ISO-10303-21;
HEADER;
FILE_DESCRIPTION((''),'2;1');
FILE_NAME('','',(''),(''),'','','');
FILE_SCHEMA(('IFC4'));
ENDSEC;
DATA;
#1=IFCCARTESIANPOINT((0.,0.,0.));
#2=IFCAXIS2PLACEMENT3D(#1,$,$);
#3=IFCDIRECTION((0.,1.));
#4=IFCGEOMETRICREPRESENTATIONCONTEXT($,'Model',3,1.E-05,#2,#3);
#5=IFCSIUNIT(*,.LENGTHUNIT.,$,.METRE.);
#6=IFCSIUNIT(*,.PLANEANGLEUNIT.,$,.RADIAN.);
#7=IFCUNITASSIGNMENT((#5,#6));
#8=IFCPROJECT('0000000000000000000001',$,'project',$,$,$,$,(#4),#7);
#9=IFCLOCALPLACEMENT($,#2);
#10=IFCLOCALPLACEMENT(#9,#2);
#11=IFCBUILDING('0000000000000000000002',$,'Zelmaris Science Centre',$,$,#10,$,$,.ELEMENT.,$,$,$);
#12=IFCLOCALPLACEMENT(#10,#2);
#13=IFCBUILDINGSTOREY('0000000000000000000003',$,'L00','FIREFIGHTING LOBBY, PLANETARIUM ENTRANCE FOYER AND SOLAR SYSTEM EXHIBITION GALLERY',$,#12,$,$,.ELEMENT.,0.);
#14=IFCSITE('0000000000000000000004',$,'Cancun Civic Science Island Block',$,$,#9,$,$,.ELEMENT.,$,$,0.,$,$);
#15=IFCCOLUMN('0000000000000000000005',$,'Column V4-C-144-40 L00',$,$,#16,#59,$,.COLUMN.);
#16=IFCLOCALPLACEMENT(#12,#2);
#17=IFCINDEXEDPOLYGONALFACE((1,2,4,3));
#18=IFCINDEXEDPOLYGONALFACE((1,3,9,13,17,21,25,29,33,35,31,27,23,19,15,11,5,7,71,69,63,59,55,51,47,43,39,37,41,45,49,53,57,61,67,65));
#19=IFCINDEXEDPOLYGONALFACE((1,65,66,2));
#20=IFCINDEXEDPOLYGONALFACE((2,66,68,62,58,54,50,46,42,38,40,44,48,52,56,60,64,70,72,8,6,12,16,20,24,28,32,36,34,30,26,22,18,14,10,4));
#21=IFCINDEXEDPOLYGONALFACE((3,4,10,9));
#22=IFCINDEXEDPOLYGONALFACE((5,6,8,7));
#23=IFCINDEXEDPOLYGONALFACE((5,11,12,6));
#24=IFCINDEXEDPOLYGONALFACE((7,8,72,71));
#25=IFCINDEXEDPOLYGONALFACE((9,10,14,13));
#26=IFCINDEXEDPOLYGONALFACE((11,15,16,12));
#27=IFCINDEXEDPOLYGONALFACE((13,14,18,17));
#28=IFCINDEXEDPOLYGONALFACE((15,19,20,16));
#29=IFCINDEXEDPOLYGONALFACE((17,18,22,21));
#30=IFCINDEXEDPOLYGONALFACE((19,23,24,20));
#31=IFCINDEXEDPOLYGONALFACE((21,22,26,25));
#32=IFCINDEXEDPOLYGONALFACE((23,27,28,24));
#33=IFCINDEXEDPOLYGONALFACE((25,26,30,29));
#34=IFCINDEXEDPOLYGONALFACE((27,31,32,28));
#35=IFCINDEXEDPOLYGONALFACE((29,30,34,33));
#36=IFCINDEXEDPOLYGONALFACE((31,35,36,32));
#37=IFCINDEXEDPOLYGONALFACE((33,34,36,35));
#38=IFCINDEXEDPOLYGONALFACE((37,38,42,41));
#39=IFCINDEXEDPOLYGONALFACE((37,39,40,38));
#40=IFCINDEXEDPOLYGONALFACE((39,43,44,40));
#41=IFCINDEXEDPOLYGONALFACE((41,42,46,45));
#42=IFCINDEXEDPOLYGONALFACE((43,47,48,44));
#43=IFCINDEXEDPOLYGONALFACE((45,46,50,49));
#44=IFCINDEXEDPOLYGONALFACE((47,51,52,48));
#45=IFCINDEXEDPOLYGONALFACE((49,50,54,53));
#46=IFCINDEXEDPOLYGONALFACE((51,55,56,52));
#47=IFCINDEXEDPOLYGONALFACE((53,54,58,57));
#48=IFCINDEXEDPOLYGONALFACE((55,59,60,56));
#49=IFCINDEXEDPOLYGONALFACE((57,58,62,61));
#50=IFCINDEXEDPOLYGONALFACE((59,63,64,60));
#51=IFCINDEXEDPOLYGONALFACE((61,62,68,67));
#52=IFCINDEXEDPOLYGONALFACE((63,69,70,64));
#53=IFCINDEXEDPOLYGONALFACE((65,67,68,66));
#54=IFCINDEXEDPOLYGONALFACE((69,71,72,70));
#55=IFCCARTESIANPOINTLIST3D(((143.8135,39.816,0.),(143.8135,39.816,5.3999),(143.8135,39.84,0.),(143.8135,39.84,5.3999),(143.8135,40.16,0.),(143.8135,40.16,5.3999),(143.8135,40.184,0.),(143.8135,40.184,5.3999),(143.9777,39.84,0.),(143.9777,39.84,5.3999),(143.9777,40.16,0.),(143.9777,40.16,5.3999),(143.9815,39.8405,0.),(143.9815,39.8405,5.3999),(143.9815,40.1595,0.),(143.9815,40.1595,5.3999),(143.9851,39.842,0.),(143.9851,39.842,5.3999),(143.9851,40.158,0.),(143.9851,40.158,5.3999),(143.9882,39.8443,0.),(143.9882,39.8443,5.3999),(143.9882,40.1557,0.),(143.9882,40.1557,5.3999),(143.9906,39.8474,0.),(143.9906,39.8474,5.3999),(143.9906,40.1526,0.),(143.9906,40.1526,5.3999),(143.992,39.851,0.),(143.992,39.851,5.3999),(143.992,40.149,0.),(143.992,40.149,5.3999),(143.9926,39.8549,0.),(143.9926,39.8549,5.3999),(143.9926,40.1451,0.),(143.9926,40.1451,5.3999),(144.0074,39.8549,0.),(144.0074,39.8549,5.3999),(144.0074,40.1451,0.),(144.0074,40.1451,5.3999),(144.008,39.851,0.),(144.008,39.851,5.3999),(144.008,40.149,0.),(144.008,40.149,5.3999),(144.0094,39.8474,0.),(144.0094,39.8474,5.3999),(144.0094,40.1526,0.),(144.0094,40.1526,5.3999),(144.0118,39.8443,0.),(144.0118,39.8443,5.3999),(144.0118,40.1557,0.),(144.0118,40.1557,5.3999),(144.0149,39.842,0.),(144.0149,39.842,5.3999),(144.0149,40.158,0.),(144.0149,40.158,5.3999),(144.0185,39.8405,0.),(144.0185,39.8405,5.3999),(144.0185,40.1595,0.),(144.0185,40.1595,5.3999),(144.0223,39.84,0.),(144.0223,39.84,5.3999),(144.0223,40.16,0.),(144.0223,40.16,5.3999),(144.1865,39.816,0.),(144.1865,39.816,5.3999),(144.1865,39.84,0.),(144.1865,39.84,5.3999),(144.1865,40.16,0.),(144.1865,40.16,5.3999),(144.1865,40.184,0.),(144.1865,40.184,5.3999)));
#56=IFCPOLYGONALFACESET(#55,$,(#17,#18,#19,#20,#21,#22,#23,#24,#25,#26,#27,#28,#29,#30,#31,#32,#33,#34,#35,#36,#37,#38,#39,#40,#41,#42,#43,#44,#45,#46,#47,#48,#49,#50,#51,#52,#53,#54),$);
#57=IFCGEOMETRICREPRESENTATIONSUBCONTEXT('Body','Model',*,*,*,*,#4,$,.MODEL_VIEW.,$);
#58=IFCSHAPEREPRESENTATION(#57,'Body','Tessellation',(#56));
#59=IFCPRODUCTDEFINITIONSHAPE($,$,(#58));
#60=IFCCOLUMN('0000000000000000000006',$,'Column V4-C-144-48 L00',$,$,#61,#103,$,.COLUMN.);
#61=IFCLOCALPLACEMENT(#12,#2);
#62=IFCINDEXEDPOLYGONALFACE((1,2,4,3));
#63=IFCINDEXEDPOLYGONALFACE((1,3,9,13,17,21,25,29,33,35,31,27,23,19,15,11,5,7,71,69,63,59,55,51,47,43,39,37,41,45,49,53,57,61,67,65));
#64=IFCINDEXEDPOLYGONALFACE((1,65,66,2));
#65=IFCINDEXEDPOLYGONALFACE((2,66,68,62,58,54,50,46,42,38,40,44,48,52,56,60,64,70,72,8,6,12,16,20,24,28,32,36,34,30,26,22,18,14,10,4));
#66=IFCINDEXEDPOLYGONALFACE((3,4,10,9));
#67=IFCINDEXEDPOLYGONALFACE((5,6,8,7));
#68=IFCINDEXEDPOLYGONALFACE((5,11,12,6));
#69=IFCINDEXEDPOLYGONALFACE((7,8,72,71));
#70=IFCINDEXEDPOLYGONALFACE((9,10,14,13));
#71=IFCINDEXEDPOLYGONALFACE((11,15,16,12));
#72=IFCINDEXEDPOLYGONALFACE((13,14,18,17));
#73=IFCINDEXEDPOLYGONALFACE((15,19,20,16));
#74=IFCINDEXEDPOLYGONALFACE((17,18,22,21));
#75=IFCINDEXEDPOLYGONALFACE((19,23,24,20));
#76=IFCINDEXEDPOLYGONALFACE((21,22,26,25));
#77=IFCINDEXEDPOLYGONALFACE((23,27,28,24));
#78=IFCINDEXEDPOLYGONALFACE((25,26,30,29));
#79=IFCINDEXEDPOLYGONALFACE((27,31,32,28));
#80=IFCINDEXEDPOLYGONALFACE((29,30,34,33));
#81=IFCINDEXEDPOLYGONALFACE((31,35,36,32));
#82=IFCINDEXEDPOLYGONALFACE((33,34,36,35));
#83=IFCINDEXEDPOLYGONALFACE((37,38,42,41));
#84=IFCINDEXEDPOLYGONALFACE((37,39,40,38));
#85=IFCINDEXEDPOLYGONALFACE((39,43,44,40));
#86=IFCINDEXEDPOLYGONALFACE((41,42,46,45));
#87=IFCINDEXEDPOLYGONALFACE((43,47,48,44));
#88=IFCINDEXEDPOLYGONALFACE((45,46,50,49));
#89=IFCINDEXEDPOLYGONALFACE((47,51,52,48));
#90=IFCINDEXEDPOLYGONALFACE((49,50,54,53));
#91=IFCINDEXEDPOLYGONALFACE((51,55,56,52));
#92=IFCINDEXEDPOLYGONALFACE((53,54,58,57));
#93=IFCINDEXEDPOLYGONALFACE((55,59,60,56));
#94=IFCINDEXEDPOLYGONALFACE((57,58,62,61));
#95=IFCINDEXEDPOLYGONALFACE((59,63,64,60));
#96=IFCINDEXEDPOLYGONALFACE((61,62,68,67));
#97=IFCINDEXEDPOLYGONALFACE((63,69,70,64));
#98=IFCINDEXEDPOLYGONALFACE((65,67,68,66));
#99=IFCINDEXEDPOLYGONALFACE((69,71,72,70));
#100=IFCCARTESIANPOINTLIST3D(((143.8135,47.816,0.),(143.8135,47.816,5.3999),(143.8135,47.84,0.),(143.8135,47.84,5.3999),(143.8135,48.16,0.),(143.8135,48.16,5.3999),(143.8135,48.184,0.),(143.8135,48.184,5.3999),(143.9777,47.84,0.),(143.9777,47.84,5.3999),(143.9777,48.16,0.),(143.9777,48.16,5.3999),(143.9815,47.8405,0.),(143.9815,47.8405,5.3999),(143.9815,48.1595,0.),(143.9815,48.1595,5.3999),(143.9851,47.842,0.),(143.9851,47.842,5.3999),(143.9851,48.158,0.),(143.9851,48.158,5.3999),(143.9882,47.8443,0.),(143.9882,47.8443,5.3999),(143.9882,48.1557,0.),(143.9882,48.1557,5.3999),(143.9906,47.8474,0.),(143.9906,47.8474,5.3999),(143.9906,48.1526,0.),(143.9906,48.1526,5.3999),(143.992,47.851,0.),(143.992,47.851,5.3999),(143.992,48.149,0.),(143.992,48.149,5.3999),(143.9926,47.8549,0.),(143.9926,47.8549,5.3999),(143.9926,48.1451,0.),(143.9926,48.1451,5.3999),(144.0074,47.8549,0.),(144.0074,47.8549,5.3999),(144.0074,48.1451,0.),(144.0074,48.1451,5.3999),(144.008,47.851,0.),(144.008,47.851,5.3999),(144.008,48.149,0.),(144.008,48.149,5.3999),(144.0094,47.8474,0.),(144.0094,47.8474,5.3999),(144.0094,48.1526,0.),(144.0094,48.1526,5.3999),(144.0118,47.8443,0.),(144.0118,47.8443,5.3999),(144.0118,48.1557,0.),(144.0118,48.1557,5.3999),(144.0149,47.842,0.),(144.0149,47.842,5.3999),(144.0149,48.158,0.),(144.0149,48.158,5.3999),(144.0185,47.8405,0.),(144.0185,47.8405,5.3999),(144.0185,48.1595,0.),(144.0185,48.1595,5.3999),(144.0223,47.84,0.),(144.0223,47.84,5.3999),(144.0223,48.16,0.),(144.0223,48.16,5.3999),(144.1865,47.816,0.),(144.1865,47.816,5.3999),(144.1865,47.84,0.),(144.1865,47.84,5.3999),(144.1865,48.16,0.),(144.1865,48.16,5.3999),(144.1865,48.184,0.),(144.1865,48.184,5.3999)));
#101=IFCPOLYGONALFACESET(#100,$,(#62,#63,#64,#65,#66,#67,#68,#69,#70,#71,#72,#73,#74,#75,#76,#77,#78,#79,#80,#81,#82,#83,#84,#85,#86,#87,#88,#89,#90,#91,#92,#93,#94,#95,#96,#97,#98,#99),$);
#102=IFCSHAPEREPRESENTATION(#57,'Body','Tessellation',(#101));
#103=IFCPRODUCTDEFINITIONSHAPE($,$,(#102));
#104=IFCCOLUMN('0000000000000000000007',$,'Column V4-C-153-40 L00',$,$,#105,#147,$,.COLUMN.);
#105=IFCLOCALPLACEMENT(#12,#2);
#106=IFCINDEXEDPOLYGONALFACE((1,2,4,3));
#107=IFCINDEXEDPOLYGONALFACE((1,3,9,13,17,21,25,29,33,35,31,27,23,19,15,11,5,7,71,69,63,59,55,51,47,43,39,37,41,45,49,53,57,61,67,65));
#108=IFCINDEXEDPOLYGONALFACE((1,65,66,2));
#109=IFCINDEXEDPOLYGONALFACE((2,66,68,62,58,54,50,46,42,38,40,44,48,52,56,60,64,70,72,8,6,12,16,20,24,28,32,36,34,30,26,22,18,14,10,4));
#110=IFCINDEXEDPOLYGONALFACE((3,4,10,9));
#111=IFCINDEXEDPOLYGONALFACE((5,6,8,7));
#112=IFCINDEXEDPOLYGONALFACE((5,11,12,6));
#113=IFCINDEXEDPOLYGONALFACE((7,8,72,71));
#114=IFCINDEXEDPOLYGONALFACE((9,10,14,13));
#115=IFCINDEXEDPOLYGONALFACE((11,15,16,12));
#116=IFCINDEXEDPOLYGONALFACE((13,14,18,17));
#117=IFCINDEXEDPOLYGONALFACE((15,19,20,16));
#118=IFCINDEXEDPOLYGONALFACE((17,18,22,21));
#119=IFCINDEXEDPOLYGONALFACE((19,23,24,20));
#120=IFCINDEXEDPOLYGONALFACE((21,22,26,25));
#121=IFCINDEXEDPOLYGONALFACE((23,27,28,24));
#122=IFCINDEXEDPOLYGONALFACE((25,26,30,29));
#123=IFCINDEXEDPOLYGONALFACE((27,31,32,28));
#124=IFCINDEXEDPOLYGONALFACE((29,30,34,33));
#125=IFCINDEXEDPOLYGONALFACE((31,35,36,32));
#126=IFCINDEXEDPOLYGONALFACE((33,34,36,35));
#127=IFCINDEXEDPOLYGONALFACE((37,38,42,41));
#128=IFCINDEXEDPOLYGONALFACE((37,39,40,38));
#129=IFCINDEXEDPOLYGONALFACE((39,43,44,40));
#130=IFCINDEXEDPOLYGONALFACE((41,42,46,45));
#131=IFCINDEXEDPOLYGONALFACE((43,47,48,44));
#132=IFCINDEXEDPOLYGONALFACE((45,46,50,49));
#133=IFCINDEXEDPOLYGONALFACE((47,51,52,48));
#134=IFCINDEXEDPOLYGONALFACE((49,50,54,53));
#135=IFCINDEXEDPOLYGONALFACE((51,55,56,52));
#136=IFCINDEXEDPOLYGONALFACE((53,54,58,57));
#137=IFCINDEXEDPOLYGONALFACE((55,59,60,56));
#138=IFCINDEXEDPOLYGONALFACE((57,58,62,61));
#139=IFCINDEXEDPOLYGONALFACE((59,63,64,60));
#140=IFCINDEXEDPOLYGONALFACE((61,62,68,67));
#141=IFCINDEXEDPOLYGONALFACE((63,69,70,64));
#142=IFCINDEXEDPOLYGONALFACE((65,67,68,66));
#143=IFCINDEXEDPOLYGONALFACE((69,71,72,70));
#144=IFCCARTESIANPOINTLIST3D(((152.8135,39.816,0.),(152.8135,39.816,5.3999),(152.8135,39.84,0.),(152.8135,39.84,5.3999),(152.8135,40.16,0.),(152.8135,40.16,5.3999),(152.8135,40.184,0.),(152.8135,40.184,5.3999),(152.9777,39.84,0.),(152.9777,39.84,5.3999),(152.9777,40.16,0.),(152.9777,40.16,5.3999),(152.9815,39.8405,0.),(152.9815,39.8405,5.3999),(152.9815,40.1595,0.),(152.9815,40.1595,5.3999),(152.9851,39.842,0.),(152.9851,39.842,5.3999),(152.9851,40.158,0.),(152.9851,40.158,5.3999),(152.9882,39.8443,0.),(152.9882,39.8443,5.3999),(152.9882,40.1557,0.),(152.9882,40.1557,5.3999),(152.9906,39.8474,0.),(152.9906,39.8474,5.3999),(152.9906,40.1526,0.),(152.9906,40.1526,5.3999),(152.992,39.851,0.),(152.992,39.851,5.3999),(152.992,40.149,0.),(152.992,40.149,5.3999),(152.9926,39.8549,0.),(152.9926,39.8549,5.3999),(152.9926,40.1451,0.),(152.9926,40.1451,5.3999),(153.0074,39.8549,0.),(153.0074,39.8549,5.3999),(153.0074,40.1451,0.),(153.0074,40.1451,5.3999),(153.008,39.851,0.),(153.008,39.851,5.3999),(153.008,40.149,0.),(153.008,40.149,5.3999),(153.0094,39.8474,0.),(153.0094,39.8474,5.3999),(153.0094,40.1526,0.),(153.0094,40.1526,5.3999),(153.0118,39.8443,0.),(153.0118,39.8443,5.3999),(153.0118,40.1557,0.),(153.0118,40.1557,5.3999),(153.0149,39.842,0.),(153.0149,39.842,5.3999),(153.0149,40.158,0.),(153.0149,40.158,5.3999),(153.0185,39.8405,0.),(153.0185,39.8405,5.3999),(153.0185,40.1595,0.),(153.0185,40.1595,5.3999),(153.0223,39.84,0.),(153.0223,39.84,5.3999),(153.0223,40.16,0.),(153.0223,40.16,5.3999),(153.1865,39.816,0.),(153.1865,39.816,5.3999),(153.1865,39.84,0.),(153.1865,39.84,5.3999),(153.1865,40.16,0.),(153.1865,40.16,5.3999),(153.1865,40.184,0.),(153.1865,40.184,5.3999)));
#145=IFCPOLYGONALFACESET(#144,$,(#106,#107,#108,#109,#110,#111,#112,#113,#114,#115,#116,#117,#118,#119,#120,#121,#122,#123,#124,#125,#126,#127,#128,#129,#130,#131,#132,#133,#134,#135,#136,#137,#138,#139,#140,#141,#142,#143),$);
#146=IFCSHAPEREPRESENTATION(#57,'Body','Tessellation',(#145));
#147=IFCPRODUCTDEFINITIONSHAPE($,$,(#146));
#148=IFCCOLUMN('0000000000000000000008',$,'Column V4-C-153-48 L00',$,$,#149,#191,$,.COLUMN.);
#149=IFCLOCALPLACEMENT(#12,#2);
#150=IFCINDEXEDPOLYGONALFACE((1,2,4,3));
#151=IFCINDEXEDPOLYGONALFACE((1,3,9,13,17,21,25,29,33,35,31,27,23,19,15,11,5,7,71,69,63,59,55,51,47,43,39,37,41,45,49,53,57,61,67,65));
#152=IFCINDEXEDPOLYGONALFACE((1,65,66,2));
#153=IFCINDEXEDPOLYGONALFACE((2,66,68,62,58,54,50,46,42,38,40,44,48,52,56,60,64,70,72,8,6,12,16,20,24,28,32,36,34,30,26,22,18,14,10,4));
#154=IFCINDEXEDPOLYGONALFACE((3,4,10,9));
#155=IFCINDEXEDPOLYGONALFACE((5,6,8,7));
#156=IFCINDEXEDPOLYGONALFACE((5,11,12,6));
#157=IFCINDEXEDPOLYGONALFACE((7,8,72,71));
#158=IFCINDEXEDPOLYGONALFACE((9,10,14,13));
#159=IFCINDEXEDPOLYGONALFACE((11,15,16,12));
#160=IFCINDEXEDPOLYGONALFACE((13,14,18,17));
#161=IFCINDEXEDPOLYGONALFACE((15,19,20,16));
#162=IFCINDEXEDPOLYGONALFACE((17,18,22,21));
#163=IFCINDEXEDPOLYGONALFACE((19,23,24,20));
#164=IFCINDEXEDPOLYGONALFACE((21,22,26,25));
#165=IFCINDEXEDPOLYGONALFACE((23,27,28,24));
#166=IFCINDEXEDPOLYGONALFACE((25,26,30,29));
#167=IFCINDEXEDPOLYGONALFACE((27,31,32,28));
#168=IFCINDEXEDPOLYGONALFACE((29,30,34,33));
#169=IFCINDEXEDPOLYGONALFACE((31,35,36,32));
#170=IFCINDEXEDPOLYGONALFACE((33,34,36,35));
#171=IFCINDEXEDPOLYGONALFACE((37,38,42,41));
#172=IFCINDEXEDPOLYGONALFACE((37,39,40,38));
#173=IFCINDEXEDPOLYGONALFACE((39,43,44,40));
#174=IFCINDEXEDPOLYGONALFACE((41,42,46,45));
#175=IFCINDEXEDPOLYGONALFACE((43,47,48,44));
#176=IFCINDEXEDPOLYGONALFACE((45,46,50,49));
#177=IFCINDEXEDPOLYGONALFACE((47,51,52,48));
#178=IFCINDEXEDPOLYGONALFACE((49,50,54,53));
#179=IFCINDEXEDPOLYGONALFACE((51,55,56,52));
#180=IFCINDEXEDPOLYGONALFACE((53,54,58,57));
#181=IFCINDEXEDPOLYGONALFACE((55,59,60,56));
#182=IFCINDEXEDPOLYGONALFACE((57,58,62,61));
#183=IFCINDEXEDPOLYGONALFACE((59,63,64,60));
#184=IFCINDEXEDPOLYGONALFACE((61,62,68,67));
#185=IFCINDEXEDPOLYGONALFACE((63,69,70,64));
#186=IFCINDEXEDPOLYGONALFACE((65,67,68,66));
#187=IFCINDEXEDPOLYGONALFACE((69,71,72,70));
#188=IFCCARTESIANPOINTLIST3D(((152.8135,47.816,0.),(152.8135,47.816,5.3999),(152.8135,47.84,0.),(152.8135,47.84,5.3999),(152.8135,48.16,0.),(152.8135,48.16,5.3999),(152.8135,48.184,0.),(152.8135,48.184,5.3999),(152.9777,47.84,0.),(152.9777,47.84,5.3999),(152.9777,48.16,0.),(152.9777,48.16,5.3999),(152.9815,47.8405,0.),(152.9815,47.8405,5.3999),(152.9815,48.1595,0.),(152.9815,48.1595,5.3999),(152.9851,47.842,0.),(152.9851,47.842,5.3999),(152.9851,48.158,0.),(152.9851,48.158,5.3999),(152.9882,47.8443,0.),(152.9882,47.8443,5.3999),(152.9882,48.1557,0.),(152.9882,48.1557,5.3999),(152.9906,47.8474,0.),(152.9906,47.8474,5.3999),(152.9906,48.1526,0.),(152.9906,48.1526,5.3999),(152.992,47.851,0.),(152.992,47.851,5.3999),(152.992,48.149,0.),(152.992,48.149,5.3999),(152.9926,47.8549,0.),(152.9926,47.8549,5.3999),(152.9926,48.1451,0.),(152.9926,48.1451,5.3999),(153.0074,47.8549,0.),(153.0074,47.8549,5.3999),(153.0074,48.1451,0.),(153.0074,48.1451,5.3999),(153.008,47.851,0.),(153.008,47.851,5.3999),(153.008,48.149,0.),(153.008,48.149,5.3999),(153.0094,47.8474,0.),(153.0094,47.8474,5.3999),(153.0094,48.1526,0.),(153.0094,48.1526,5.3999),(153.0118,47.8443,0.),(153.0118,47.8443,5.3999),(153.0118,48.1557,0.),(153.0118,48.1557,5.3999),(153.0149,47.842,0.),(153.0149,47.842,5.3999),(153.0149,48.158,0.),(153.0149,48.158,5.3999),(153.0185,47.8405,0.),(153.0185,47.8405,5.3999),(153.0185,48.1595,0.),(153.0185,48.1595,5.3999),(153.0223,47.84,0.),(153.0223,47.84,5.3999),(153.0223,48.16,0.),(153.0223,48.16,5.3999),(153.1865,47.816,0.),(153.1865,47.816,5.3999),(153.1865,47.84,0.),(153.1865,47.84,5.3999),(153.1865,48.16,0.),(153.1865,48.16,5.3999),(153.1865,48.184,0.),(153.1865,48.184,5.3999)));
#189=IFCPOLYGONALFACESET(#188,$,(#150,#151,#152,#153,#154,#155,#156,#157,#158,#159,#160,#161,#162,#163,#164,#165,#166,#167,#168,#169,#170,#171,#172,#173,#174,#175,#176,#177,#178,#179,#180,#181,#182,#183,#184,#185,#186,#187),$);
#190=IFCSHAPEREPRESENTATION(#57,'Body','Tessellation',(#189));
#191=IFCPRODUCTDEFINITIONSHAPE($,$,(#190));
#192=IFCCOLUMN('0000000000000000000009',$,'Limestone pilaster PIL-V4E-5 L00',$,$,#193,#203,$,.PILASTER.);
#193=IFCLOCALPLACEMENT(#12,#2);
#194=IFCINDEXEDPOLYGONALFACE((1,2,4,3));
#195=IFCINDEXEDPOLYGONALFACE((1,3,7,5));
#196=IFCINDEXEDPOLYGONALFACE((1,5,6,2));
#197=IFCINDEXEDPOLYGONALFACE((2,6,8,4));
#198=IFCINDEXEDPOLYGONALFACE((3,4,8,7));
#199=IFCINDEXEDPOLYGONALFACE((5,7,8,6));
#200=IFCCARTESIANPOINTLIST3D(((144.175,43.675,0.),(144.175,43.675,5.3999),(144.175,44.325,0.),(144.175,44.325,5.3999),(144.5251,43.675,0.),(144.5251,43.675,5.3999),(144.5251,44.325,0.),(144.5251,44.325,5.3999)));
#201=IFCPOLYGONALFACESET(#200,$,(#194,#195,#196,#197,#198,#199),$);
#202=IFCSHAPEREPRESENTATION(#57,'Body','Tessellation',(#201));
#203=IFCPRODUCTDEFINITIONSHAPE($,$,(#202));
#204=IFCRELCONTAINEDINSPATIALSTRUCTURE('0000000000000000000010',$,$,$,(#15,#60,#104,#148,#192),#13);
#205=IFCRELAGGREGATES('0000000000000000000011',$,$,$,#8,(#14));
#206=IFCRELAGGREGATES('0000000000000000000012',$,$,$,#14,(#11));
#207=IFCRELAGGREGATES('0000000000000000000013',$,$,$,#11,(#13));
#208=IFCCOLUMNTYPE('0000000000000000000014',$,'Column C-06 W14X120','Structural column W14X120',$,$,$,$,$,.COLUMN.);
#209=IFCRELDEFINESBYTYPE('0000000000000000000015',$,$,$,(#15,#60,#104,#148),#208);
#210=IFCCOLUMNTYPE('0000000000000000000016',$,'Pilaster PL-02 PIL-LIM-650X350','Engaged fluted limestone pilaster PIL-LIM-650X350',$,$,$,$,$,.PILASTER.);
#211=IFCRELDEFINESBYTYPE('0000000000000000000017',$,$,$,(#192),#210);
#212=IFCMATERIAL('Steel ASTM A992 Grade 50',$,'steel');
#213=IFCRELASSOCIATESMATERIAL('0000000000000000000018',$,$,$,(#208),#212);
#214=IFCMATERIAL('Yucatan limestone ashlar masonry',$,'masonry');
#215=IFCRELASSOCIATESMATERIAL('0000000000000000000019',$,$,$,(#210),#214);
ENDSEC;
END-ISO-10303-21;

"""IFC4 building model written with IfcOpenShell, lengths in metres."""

from ifc_helpers import new_model, si_unit, direction, frame, origin, origin_2d, place, context, subcontext, project, spatial, rectangle, i_section, extrude, material, material_profile, profile_set, type_object, element, save


model = new_model("IFC4")

# Units and contexts
model_context = context("Model", 3, precision=1e-05, world=origin(), true_north=direction((0.0, 1.0)))
body_context = subcontext(model_context, "Body", "Model", "MODEL_VIEW")
ifc_project = project(units=[si_unit("LENGTHUNIT", "METRE"), si_unit("PLANEANGLEUNIT", "RADIAN")], contexts=[model_context])

# Site, building, storey
site_placement = place(None, origin())
site = spatial("IfcSite", under=ifc_project, at=site_placement, Name="Cancun Civic Science Island Block", CompositionType="ELEMENT", RefElevation=0.0)
building_placement = place(site_placement, origin())
building = spatial("IfcBuilding", under=site, at=building_placement, Name="Zelmaris Science Centre", CompositionType="ELEMENT")
storey_placement = place(building_placement, origin())
storey = spatial("IfcBuildingStorey", under=building, at=storey_placement, Name="L00", Description="FIREFIGHTING LOBBY, PLANETARIUM ENTRANCE FOYER AND SOLAR SYSTEM EXHIBITION GALLERY", CompositionType="ELEMENT", Elevation=0.0)

# Columns
ifc_material_1 = material(Name="Steel ASTM A992 Grade 50", Category="steel")
ifc_material_profile_1 = material_profile(ifc_material_1, i_section(OverallWidth=0.373, OverallDepth=0.3679, WebThickness=0.0149, FlangeThickness=0.0239, FilletRadius=0.0149, at=origin_2d()), Name="W14X120")
ifc_profile_set_1 = profile_set([ifc_material_profile_1], Name="Steel ASTM A992 Grade 50")
column_type_1 = type_object("IfcColumnType", Name="Column C-06 W14X120", Description="Structural column W14X120", PredefinedType="COLUMN", material=ifc_profile_set_1)
for number, where, z_axis, x_axis, name in (
    (1, (144.0, 40.0, 0.0), (0.0, 0.0, 1.0), (1.0, 0.0, 0.0), "Column V4-C-144-40 L00"),
    (2, (144.0, 48.0, 0.0), (0.0, 0.0, 1.0), (1.0, 0.0, 0.0), "Column V4-C-144-48 L00"),
    (3, (153.0, 40.0, 0.0), (0.0, 0.0, 1.0), (1.0, 0.0, 0.0), "Column V4-C-153-40 L00"),
    (4, (153.0, 48.0, 0.0), (0.0, 0.0, 1.0), (1.0, 0.0, 0.0), "Column V4-C-153-48 L00"),
):
    element("IfcColumn", number, at=place(storey_placement, frame(where, z_axis=z_axis, x_axis=x_axis)), inside=storey, type_object=column_type_1, Name=name, PredefinedType="COLUMN", context=body_context, shape_type="SweptSolid", body=[
        extrude(i_section(OverallWidth=0.373, OverallDepth=0.3679, WebThickness=0.0149, FlangeThickness=0.0239, FilletRadius=0.0149, at=origin_2d()), origin(), (0.0, 0.0, 1.0), 5.3999),
    ])
ifc_material_2 = material(Name="Yucatan limestone ashlar masonry", Category="masonry")
ifc_material_profile_2 = material_profile(ifc_material_2, rectangle(XDim=0.6499, YDim=0.3501, at=origin_2d()), Name="PIL-LIM-650X350")
ifc_profile_set_2 = profile_set([ifc_material_profile_2], Name="Yucatan limestone ashlar masonry")
column_type_2 = type_object("IfcColumnType", Name="Pilaster PL-02 PIL-LIM-650X350", Description="Engaged fluted limestone pilaster PIL-LIM-650X350", PredefinedType="PILASTER", material=ifc_profile_set_2)
for number, where, z_axis, x_axis, name in (
    (5, (144.3501, 44.0, 0.0), (0.0, 0.0, 1.0), (0.0, 1.0, 0.0), "Limestone pilaster PIL-V4E-5 L00"),
):
    element("IfcColumn", number, at=place(storey_placement, frame(where, z_axis=z_axis, x_axis=x_axis)), inside=storey, type_object=column_type_2, Name=name, PredefinedType="PILASTER", context=body_context, shape_type="SweptSolid", body=[
        extrude(rectangle(XDim=0.6499, YDim=0.3501, at=origin_2d()), origin(), (0.0, 0.0, 1.0), 5.3999),
    ])

save(model, "model.ifc")
